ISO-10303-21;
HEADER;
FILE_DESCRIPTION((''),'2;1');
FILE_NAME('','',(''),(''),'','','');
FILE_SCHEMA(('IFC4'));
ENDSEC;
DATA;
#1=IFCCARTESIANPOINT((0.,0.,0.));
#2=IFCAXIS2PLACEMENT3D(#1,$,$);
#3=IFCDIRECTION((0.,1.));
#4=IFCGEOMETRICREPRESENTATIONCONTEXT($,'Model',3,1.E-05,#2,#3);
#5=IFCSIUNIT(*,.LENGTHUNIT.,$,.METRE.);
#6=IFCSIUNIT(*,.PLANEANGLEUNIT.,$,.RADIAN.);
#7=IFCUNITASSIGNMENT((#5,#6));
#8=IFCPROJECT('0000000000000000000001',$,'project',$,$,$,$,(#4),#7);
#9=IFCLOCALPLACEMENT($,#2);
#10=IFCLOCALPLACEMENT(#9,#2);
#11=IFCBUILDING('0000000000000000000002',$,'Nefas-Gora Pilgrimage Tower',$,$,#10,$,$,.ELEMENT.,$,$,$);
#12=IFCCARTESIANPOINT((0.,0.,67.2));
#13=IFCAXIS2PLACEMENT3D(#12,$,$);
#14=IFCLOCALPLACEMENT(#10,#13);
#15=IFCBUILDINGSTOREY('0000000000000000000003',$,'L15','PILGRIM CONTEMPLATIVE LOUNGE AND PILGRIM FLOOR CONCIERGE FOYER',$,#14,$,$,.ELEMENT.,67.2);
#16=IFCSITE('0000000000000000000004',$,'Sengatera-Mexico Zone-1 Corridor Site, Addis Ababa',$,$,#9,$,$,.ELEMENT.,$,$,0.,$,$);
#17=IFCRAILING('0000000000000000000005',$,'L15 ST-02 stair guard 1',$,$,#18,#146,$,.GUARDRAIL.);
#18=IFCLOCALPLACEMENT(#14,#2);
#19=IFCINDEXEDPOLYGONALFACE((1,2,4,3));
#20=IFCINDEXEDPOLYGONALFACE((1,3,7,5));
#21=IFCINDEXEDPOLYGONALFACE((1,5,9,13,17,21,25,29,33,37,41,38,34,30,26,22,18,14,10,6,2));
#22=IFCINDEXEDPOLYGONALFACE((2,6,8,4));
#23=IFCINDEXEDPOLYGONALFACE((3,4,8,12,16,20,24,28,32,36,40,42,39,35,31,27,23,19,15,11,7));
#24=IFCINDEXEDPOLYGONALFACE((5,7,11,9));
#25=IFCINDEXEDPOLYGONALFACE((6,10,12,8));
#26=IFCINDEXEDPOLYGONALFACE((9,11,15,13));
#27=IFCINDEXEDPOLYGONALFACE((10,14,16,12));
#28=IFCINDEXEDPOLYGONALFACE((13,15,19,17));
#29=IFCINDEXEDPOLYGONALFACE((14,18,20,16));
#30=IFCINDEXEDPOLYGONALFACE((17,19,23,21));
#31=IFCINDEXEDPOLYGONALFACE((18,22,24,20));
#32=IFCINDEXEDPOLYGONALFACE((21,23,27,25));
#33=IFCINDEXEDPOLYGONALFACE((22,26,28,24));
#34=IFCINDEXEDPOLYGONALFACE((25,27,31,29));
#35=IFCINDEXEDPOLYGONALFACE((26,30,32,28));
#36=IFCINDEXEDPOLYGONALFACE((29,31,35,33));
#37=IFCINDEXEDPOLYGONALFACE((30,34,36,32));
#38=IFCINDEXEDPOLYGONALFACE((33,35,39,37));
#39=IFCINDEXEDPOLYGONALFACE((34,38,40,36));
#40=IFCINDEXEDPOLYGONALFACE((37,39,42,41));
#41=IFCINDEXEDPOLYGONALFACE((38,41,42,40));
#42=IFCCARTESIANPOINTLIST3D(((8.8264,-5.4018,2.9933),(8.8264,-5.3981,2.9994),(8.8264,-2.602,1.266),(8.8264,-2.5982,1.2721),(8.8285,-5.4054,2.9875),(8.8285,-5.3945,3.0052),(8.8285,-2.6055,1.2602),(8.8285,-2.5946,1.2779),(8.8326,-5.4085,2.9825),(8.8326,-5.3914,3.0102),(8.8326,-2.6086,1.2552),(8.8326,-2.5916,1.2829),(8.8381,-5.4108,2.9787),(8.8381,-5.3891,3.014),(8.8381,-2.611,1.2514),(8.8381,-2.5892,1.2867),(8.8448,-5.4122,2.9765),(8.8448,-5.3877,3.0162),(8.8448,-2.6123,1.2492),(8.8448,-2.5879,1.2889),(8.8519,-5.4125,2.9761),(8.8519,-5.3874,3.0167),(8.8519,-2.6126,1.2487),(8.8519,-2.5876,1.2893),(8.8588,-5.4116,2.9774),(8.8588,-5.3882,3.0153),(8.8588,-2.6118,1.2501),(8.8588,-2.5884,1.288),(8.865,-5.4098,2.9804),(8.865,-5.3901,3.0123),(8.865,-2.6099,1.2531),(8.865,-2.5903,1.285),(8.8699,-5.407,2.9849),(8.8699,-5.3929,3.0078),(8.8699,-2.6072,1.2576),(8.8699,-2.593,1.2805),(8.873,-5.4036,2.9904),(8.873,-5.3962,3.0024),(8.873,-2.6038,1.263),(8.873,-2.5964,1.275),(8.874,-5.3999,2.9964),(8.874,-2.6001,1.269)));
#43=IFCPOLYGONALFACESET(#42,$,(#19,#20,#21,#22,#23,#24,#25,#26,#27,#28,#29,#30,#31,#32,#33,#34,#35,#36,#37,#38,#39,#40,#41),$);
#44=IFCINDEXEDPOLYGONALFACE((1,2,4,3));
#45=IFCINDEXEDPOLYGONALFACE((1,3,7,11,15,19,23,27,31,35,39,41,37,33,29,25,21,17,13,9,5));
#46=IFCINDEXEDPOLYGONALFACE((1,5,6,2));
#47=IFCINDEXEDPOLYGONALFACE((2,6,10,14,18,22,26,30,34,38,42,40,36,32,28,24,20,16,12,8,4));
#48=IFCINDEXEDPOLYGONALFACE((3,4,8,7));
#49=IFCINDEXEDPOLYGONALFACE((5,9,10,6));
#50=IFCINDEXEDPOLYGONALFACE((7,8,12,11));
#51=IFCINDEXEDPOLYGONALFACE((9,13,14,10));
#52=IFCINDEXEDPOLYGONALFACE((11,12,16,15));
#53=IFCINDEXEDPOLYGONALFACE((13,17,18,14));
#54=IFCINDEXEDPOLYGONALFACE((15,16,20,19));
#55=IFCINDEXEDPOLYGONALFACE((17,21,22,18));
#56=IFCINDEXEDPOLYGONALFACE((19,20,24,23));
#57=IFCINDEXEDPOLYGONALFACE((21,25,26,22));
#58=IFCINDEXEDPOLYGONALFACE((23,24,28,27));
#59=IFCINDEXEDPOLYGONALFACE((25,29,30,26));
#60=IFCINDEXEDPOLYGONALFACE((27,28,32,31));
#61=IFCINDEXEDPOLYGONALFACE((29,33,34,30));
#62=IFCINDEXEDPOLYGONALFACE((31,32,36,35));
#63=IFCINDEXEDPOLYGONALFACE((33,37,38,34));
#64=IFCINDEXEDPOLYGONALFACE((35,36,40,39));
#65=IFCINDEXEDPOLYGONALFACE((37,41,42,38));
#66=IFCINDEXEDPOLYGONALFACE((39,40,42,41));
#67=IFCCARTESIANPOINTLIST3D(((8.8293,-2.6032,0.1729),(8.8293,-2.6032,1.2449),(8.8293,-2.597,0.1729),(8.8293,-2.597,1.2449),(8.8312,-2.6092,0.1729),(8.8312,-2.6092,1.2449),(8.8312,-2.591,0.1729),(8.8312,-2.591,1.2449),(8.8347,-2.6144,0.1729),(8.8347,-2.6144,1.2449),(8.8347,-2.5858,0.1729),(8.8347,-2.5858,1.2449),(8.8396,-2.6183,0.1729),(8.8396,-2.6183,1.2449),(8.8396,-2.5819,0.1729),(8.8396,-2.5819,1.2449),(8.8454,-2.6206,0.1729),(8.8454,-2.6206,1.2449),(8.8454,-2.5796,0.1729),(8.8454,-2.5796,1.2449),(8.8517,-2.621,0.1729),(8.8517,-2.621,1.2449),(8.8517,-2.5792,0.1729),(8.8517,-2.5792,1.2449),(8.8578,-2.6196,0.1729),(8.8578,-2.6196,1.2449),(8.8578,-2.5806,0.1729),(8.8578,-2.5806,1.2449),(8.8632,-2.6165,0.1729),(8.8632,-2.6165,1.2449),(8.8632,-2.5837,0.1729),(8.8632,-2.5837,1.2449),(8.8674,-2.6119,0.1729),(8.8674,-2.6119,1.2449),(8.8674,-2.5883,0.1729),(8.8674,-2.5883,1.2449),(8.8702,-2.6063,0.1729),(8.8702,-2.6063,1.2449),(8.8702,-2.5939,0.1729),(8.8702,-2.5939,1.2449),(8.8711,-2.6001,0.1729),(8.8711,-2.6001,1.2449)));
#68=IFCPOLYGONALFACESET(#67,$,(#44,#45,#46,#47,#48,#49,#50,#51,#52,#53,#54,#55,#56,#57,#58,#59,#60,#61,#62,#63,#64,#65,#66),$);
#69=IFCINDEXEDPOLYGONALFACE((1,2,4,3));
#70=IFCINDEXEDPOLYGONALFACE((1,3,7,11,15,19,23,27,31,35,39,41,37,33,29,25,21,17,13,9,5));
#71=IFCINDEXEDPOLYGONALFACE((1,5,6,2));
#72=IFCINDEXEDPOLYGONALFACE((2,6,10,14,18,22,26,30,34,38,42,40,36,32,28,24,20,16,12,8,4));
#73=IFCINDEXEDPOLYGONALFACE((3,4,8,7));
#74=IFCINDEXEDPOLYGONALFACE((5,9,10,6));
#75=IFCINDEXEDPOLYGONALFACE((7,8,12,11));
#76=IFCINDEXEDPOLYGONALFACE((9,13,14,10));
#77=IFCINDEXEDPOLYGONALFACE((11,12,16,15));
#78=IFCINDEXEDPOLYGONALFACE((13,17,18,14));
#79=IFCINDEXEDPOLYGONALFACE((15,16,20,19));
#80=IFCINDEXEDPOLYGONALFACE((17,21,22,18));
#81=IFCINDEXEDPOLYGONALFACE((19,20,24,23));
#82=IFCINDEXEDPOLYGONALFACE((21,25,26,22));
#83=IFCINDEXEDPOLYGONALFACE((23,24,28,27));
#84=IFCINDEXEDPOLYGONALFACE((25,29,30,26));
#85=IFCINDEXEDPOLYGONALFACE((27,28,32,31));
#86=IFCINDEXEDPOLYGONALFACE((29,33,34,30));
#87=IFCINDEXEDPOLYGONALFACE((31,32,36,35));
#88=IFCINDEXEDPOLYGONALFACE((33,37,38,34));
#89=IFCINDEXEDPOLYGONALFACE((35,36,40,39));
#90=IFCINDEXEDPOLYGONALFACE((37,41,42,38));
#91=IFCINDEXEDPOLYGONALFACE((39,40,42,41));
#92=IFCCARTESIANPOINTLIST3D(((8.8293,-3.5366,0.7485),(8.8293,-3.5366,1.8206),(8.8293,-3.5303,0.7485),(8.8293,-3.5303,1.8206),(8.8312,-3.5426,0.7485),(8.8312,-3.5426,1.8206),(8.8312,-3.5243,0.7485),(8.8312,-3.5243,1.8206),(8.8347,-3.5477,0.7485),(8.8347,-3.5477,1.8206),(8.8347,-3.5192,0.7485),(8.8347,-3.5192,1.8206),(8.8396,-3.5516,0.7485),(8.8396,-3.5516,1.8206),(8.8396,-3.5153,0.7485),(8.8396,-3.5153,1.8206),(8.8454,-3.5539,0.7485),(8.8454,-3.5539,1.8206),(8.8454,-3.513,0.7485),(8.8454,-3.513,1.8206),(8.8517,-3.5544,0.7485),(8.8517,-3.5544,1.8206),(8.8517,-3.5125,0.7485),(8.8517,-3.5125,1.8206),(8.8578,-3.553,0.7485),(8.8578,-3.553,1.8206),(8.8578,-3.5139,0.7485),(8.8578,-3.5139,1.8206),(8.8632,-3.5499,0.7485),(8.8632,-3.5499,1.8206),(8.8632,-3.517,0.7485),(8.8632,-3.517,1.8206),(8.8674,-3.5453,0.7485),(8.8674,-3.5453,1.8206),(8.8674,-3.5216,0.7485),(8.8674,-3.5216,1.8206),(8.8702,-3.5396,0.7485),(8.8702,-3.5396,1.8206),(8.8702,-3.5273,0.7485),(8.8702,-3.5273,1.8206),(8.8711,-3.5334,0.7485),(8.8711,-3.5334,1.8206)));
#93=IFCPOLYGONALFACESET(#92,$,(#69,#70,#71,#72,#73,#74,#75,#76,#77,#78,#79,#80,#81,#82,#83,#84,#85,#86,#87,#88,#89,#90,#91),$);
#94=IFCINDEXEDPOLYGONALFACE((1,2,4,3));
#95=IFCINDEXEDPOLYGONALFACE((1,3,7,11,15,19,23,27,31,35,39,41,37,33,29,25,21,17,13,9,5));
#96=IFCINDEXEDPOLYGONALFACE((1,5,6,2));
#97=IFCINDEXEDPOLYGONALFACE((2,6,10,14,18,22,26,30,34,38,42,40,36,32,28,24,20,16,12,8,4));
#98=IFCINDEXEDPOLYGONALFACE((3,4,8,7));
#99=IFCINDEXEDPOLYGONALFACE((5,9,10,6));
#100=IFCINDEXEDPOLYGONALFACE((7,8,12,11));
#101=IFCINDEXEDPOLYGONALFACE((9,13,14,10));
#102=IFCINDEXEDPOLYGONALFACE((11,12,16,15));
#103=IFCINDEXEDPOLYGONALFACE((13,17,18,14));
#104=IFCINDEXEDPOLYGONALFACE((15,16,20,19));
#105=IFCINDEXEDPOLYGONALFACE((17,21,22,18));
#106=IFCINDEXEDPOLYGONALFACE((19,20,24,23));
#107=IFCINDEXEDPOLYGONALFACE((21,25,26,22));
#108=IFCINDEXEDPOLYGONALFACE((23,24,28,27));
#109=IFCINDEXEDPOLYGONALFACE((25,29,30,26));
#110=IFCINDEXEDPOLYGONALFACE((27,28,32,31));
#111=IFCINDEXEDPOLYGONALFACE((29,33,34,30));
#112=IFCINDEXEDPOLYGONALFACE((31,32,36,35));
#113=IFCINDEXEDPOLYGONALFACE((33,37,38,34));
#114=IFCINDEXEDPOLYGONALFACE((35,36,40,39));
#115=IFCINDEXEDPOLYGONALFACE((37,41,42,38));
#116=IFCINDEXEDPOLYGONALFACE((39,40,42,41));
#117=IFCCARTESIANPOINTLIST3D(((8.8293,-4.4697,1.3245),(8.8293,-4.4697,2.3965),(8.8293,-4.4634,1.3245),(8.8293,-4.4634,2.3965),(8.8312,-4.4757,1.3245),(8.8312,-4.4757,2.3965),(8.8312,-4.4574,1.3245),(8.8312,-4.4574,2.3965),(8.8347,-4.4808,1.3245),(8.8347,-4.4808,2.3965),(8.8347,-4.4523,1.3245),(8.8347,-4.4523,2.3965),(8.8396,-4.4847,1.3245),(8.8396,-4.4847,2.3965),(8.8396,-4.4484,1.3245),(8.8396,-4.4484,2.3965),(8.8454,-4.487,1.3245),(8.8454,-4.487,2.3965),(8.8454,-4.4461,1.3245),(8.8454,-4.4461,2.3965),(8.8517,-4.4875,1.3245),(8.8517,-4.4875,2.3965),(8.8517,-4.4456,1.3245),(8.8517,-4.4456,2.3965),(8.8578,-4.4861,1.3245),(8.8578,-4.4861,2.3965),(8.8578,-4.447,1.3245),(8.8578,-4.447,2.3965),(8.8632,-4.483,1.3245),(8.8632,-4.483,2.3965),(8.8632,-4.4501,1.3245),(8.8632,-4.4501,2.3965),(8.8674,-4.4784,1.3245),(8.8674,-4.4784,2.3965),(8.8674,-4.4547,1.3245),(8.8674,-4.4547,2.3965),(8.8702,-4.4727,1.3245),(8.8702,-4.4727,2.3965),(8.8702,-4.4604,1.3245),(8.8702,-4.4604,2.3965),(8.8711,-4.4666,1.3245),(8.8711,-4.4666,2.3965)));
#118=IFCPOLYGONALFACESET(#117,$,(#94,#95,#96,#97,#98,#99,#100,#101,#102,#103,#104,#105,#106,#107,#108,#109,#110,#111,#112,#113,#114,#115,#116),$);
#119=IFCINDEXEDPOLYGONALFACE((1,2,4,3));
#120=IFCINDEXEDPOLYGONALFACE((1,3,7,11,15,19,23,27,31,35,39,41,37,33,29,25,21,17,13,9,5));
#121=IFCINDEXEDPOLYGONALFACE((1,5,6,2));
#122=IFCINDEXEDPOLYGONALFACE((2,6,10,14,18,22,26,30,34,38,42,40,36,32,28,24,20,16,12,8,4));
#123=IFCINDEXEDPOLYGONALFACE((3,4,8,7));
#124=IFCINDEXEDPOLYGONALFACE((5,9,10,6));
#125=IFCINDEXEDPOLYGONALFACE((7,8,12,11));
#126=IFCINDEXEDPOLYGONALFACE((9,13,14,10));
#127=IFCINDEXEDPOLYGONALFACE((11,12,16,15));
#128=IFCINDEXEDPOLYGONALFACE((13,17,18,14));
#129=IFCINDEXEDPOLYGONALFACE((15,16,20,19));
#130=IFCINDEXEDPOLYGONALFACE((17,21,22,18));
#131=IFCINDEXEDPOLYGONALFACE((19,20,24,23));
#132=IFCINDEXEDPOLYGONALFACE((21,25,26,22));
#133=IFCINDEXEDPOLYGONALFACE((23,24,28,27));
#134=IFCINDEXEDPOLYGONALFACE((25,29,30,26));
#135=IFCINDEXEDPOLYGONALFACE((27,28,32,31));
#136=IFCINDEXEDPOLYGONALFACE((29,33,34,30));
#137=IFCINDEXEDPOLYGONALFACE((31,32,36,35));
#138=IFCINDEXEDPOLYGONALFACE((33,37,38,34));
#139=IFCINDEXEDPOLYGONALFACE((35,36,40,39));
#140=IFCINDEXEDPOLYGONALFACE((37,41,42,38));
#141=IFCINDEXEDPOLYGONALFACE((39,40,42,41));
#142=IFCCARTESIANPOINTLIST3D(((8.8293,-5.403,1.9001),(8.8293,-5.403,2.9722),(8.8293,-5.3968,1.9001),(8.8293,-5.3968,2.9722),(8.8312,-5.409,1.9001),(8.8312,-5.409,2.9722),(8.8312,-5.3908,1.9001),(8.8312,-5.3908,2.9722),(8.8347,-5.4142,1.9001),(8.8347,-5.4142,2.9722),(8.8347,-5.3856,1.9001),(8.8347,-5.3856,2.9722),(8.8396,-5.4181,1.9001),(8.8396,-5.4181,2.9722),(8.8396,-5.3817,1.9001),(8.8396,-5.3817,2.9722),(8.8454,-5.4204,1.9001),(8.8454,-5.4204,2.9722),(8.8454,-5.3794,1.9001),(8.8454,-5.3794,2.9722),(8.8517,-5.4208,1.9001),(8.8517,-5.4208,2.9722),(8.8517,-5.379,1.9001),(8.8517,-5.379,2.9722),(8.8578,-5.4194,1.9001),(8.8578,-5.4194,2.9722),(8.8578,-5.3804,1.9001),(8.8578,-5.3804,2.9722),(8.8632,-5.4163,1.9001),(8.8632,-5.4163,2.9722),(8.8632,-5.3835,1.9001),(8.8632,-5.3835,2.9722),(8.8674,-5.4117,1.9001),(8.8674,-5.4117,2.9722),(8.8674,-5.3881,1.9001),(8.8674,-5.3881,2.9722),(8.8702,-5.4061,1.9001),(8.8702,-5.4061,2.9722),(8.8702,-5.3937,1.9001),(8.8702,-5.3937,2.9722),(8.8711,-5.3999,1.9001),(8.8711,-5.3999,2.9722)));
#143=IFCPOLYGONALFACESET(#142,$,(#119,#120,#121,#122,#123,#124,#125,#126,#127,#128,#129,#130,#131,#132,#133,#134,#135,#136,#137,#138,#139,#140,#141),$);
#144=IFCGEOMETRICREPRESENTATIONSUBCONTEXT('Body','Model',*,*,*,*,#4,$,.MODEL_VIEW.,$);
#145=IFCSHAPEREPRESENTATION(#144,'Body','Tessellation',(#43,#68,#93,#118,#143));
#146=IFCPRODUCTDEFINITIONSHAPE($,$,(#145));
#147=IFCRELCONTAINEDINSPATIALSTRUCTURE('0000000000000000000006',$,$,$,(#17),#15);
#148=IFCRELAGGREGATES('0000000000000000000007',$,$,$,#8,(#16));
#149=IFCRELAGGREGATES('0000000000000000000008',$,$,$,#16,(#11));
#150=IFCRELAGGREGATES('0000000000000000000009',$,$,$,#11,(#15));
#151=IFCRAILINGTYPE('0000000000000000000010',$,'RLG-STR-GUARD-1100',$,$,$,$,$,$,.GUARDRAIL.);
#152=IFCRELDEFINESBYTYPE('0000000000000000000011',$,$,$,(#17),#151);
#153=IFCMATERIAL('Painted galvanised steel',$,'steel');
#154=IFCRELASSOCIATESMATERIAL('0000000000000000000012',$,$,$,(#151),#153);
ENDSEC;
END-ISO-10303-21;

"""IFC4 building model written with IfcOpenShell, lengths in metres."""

from ifc_helpers import new_model, si_unit, direction, frame, origin, origin_2d, place, context, subcontext, project, spatial, circle, extrude, material, type_object, element, save


model = new_model("IFC4")

# Units and contexts
model_context = context("Model", 3, precision=1e-05, world=origin(), true_north=direction((0.0, 1.0)))
body_context = subcontext(model_context, "Body", "Model", "MODEL_VIEW")
ifc_project = project(units=[si_unit("LENGTHUNIT", "METRE"), si_unit("PLANEANGLEUNIT", "RADIAN")], contexts=[model_context])

# Site, building, storey
site_placement = place(None, origin())
site = spatial("IfcSite", under=ifc_project, at=site_placement, Name="Sengatera-Mexico Zone-1 Corridor Site, Addis Ababa", CompositionType="ELEMENT", RefElevation=0.0)
building_placement = place(site_placement, origin())
building = spatial("IfcBuilding", under=site, at=building_placement, Name="Nefas-Gora Pilgrimage Tower", CompositionType="ELEMENT")
storey_placement = place(building_placement, frame((0.0, 0.0, 67.2)))
storey = spatial("IfcBuildingStorey", under=building, at=storey_placement, Name="L15", Description="PILGRIM CONTEMPLATIVE LOUNGE AND PILGRIM FLOOR CONCIERGE FOYER", CompositionType="ELEMENT", Elevation=67.2)

# Railing
ifc_material_1 = material(Name="Painted galvanised steel", Category="steel")
railing_type_1 = type_object("IfcRailingType", Name="RLG-STR-GUARD-1100", PredefinedType="GUARDRAIL", material=ifc_material_1)
railing_1_placement = place(storey_placement, frame((8.8501, -2.6001, 0.1729)))
element("IfcRailing", 1, at=railing_1_placement, inside=storey, type_object=railing_type_1, Name="L15 ST-02 stair guard 1", PredefinedType="GUARDRAIL", context=body_context, shape_type="SweptSolid", body=[
    extrude(circle(Radius=0.0239, at=origin_2d()), frame((0.0, 0.0, 1.0962), z_axis=(0.0, -0.851069, 0.525054), x_axis=(1.0, 0.0, 0.0)), (0.0, 0.0, 1.0), 3.2898),
    extrude(circle(Radius=0.021, at=origin_2d()), origin(), (0.0, 0.0, 1.0), 1.072),
    extrude(circle(Radius=0.021, at=origin_2d()), frame((0.0, -0.9333, 0.5757)), (0.0, 0.0, 1.0), 1.072),
    extrude(circle(Radius=0.021, at=origin_2d()), frame((0.0, -1.8665, 1.1516)), (0.0, 0.0, 1.0), 1.072),
    extrude(circle(Radius=0.021, at=origin_2d()), frame((0.0, -2.7998, 1.7273)), (0.0, 0.0, 1.0), 1.072),
])

save(model, "model.ifc")
